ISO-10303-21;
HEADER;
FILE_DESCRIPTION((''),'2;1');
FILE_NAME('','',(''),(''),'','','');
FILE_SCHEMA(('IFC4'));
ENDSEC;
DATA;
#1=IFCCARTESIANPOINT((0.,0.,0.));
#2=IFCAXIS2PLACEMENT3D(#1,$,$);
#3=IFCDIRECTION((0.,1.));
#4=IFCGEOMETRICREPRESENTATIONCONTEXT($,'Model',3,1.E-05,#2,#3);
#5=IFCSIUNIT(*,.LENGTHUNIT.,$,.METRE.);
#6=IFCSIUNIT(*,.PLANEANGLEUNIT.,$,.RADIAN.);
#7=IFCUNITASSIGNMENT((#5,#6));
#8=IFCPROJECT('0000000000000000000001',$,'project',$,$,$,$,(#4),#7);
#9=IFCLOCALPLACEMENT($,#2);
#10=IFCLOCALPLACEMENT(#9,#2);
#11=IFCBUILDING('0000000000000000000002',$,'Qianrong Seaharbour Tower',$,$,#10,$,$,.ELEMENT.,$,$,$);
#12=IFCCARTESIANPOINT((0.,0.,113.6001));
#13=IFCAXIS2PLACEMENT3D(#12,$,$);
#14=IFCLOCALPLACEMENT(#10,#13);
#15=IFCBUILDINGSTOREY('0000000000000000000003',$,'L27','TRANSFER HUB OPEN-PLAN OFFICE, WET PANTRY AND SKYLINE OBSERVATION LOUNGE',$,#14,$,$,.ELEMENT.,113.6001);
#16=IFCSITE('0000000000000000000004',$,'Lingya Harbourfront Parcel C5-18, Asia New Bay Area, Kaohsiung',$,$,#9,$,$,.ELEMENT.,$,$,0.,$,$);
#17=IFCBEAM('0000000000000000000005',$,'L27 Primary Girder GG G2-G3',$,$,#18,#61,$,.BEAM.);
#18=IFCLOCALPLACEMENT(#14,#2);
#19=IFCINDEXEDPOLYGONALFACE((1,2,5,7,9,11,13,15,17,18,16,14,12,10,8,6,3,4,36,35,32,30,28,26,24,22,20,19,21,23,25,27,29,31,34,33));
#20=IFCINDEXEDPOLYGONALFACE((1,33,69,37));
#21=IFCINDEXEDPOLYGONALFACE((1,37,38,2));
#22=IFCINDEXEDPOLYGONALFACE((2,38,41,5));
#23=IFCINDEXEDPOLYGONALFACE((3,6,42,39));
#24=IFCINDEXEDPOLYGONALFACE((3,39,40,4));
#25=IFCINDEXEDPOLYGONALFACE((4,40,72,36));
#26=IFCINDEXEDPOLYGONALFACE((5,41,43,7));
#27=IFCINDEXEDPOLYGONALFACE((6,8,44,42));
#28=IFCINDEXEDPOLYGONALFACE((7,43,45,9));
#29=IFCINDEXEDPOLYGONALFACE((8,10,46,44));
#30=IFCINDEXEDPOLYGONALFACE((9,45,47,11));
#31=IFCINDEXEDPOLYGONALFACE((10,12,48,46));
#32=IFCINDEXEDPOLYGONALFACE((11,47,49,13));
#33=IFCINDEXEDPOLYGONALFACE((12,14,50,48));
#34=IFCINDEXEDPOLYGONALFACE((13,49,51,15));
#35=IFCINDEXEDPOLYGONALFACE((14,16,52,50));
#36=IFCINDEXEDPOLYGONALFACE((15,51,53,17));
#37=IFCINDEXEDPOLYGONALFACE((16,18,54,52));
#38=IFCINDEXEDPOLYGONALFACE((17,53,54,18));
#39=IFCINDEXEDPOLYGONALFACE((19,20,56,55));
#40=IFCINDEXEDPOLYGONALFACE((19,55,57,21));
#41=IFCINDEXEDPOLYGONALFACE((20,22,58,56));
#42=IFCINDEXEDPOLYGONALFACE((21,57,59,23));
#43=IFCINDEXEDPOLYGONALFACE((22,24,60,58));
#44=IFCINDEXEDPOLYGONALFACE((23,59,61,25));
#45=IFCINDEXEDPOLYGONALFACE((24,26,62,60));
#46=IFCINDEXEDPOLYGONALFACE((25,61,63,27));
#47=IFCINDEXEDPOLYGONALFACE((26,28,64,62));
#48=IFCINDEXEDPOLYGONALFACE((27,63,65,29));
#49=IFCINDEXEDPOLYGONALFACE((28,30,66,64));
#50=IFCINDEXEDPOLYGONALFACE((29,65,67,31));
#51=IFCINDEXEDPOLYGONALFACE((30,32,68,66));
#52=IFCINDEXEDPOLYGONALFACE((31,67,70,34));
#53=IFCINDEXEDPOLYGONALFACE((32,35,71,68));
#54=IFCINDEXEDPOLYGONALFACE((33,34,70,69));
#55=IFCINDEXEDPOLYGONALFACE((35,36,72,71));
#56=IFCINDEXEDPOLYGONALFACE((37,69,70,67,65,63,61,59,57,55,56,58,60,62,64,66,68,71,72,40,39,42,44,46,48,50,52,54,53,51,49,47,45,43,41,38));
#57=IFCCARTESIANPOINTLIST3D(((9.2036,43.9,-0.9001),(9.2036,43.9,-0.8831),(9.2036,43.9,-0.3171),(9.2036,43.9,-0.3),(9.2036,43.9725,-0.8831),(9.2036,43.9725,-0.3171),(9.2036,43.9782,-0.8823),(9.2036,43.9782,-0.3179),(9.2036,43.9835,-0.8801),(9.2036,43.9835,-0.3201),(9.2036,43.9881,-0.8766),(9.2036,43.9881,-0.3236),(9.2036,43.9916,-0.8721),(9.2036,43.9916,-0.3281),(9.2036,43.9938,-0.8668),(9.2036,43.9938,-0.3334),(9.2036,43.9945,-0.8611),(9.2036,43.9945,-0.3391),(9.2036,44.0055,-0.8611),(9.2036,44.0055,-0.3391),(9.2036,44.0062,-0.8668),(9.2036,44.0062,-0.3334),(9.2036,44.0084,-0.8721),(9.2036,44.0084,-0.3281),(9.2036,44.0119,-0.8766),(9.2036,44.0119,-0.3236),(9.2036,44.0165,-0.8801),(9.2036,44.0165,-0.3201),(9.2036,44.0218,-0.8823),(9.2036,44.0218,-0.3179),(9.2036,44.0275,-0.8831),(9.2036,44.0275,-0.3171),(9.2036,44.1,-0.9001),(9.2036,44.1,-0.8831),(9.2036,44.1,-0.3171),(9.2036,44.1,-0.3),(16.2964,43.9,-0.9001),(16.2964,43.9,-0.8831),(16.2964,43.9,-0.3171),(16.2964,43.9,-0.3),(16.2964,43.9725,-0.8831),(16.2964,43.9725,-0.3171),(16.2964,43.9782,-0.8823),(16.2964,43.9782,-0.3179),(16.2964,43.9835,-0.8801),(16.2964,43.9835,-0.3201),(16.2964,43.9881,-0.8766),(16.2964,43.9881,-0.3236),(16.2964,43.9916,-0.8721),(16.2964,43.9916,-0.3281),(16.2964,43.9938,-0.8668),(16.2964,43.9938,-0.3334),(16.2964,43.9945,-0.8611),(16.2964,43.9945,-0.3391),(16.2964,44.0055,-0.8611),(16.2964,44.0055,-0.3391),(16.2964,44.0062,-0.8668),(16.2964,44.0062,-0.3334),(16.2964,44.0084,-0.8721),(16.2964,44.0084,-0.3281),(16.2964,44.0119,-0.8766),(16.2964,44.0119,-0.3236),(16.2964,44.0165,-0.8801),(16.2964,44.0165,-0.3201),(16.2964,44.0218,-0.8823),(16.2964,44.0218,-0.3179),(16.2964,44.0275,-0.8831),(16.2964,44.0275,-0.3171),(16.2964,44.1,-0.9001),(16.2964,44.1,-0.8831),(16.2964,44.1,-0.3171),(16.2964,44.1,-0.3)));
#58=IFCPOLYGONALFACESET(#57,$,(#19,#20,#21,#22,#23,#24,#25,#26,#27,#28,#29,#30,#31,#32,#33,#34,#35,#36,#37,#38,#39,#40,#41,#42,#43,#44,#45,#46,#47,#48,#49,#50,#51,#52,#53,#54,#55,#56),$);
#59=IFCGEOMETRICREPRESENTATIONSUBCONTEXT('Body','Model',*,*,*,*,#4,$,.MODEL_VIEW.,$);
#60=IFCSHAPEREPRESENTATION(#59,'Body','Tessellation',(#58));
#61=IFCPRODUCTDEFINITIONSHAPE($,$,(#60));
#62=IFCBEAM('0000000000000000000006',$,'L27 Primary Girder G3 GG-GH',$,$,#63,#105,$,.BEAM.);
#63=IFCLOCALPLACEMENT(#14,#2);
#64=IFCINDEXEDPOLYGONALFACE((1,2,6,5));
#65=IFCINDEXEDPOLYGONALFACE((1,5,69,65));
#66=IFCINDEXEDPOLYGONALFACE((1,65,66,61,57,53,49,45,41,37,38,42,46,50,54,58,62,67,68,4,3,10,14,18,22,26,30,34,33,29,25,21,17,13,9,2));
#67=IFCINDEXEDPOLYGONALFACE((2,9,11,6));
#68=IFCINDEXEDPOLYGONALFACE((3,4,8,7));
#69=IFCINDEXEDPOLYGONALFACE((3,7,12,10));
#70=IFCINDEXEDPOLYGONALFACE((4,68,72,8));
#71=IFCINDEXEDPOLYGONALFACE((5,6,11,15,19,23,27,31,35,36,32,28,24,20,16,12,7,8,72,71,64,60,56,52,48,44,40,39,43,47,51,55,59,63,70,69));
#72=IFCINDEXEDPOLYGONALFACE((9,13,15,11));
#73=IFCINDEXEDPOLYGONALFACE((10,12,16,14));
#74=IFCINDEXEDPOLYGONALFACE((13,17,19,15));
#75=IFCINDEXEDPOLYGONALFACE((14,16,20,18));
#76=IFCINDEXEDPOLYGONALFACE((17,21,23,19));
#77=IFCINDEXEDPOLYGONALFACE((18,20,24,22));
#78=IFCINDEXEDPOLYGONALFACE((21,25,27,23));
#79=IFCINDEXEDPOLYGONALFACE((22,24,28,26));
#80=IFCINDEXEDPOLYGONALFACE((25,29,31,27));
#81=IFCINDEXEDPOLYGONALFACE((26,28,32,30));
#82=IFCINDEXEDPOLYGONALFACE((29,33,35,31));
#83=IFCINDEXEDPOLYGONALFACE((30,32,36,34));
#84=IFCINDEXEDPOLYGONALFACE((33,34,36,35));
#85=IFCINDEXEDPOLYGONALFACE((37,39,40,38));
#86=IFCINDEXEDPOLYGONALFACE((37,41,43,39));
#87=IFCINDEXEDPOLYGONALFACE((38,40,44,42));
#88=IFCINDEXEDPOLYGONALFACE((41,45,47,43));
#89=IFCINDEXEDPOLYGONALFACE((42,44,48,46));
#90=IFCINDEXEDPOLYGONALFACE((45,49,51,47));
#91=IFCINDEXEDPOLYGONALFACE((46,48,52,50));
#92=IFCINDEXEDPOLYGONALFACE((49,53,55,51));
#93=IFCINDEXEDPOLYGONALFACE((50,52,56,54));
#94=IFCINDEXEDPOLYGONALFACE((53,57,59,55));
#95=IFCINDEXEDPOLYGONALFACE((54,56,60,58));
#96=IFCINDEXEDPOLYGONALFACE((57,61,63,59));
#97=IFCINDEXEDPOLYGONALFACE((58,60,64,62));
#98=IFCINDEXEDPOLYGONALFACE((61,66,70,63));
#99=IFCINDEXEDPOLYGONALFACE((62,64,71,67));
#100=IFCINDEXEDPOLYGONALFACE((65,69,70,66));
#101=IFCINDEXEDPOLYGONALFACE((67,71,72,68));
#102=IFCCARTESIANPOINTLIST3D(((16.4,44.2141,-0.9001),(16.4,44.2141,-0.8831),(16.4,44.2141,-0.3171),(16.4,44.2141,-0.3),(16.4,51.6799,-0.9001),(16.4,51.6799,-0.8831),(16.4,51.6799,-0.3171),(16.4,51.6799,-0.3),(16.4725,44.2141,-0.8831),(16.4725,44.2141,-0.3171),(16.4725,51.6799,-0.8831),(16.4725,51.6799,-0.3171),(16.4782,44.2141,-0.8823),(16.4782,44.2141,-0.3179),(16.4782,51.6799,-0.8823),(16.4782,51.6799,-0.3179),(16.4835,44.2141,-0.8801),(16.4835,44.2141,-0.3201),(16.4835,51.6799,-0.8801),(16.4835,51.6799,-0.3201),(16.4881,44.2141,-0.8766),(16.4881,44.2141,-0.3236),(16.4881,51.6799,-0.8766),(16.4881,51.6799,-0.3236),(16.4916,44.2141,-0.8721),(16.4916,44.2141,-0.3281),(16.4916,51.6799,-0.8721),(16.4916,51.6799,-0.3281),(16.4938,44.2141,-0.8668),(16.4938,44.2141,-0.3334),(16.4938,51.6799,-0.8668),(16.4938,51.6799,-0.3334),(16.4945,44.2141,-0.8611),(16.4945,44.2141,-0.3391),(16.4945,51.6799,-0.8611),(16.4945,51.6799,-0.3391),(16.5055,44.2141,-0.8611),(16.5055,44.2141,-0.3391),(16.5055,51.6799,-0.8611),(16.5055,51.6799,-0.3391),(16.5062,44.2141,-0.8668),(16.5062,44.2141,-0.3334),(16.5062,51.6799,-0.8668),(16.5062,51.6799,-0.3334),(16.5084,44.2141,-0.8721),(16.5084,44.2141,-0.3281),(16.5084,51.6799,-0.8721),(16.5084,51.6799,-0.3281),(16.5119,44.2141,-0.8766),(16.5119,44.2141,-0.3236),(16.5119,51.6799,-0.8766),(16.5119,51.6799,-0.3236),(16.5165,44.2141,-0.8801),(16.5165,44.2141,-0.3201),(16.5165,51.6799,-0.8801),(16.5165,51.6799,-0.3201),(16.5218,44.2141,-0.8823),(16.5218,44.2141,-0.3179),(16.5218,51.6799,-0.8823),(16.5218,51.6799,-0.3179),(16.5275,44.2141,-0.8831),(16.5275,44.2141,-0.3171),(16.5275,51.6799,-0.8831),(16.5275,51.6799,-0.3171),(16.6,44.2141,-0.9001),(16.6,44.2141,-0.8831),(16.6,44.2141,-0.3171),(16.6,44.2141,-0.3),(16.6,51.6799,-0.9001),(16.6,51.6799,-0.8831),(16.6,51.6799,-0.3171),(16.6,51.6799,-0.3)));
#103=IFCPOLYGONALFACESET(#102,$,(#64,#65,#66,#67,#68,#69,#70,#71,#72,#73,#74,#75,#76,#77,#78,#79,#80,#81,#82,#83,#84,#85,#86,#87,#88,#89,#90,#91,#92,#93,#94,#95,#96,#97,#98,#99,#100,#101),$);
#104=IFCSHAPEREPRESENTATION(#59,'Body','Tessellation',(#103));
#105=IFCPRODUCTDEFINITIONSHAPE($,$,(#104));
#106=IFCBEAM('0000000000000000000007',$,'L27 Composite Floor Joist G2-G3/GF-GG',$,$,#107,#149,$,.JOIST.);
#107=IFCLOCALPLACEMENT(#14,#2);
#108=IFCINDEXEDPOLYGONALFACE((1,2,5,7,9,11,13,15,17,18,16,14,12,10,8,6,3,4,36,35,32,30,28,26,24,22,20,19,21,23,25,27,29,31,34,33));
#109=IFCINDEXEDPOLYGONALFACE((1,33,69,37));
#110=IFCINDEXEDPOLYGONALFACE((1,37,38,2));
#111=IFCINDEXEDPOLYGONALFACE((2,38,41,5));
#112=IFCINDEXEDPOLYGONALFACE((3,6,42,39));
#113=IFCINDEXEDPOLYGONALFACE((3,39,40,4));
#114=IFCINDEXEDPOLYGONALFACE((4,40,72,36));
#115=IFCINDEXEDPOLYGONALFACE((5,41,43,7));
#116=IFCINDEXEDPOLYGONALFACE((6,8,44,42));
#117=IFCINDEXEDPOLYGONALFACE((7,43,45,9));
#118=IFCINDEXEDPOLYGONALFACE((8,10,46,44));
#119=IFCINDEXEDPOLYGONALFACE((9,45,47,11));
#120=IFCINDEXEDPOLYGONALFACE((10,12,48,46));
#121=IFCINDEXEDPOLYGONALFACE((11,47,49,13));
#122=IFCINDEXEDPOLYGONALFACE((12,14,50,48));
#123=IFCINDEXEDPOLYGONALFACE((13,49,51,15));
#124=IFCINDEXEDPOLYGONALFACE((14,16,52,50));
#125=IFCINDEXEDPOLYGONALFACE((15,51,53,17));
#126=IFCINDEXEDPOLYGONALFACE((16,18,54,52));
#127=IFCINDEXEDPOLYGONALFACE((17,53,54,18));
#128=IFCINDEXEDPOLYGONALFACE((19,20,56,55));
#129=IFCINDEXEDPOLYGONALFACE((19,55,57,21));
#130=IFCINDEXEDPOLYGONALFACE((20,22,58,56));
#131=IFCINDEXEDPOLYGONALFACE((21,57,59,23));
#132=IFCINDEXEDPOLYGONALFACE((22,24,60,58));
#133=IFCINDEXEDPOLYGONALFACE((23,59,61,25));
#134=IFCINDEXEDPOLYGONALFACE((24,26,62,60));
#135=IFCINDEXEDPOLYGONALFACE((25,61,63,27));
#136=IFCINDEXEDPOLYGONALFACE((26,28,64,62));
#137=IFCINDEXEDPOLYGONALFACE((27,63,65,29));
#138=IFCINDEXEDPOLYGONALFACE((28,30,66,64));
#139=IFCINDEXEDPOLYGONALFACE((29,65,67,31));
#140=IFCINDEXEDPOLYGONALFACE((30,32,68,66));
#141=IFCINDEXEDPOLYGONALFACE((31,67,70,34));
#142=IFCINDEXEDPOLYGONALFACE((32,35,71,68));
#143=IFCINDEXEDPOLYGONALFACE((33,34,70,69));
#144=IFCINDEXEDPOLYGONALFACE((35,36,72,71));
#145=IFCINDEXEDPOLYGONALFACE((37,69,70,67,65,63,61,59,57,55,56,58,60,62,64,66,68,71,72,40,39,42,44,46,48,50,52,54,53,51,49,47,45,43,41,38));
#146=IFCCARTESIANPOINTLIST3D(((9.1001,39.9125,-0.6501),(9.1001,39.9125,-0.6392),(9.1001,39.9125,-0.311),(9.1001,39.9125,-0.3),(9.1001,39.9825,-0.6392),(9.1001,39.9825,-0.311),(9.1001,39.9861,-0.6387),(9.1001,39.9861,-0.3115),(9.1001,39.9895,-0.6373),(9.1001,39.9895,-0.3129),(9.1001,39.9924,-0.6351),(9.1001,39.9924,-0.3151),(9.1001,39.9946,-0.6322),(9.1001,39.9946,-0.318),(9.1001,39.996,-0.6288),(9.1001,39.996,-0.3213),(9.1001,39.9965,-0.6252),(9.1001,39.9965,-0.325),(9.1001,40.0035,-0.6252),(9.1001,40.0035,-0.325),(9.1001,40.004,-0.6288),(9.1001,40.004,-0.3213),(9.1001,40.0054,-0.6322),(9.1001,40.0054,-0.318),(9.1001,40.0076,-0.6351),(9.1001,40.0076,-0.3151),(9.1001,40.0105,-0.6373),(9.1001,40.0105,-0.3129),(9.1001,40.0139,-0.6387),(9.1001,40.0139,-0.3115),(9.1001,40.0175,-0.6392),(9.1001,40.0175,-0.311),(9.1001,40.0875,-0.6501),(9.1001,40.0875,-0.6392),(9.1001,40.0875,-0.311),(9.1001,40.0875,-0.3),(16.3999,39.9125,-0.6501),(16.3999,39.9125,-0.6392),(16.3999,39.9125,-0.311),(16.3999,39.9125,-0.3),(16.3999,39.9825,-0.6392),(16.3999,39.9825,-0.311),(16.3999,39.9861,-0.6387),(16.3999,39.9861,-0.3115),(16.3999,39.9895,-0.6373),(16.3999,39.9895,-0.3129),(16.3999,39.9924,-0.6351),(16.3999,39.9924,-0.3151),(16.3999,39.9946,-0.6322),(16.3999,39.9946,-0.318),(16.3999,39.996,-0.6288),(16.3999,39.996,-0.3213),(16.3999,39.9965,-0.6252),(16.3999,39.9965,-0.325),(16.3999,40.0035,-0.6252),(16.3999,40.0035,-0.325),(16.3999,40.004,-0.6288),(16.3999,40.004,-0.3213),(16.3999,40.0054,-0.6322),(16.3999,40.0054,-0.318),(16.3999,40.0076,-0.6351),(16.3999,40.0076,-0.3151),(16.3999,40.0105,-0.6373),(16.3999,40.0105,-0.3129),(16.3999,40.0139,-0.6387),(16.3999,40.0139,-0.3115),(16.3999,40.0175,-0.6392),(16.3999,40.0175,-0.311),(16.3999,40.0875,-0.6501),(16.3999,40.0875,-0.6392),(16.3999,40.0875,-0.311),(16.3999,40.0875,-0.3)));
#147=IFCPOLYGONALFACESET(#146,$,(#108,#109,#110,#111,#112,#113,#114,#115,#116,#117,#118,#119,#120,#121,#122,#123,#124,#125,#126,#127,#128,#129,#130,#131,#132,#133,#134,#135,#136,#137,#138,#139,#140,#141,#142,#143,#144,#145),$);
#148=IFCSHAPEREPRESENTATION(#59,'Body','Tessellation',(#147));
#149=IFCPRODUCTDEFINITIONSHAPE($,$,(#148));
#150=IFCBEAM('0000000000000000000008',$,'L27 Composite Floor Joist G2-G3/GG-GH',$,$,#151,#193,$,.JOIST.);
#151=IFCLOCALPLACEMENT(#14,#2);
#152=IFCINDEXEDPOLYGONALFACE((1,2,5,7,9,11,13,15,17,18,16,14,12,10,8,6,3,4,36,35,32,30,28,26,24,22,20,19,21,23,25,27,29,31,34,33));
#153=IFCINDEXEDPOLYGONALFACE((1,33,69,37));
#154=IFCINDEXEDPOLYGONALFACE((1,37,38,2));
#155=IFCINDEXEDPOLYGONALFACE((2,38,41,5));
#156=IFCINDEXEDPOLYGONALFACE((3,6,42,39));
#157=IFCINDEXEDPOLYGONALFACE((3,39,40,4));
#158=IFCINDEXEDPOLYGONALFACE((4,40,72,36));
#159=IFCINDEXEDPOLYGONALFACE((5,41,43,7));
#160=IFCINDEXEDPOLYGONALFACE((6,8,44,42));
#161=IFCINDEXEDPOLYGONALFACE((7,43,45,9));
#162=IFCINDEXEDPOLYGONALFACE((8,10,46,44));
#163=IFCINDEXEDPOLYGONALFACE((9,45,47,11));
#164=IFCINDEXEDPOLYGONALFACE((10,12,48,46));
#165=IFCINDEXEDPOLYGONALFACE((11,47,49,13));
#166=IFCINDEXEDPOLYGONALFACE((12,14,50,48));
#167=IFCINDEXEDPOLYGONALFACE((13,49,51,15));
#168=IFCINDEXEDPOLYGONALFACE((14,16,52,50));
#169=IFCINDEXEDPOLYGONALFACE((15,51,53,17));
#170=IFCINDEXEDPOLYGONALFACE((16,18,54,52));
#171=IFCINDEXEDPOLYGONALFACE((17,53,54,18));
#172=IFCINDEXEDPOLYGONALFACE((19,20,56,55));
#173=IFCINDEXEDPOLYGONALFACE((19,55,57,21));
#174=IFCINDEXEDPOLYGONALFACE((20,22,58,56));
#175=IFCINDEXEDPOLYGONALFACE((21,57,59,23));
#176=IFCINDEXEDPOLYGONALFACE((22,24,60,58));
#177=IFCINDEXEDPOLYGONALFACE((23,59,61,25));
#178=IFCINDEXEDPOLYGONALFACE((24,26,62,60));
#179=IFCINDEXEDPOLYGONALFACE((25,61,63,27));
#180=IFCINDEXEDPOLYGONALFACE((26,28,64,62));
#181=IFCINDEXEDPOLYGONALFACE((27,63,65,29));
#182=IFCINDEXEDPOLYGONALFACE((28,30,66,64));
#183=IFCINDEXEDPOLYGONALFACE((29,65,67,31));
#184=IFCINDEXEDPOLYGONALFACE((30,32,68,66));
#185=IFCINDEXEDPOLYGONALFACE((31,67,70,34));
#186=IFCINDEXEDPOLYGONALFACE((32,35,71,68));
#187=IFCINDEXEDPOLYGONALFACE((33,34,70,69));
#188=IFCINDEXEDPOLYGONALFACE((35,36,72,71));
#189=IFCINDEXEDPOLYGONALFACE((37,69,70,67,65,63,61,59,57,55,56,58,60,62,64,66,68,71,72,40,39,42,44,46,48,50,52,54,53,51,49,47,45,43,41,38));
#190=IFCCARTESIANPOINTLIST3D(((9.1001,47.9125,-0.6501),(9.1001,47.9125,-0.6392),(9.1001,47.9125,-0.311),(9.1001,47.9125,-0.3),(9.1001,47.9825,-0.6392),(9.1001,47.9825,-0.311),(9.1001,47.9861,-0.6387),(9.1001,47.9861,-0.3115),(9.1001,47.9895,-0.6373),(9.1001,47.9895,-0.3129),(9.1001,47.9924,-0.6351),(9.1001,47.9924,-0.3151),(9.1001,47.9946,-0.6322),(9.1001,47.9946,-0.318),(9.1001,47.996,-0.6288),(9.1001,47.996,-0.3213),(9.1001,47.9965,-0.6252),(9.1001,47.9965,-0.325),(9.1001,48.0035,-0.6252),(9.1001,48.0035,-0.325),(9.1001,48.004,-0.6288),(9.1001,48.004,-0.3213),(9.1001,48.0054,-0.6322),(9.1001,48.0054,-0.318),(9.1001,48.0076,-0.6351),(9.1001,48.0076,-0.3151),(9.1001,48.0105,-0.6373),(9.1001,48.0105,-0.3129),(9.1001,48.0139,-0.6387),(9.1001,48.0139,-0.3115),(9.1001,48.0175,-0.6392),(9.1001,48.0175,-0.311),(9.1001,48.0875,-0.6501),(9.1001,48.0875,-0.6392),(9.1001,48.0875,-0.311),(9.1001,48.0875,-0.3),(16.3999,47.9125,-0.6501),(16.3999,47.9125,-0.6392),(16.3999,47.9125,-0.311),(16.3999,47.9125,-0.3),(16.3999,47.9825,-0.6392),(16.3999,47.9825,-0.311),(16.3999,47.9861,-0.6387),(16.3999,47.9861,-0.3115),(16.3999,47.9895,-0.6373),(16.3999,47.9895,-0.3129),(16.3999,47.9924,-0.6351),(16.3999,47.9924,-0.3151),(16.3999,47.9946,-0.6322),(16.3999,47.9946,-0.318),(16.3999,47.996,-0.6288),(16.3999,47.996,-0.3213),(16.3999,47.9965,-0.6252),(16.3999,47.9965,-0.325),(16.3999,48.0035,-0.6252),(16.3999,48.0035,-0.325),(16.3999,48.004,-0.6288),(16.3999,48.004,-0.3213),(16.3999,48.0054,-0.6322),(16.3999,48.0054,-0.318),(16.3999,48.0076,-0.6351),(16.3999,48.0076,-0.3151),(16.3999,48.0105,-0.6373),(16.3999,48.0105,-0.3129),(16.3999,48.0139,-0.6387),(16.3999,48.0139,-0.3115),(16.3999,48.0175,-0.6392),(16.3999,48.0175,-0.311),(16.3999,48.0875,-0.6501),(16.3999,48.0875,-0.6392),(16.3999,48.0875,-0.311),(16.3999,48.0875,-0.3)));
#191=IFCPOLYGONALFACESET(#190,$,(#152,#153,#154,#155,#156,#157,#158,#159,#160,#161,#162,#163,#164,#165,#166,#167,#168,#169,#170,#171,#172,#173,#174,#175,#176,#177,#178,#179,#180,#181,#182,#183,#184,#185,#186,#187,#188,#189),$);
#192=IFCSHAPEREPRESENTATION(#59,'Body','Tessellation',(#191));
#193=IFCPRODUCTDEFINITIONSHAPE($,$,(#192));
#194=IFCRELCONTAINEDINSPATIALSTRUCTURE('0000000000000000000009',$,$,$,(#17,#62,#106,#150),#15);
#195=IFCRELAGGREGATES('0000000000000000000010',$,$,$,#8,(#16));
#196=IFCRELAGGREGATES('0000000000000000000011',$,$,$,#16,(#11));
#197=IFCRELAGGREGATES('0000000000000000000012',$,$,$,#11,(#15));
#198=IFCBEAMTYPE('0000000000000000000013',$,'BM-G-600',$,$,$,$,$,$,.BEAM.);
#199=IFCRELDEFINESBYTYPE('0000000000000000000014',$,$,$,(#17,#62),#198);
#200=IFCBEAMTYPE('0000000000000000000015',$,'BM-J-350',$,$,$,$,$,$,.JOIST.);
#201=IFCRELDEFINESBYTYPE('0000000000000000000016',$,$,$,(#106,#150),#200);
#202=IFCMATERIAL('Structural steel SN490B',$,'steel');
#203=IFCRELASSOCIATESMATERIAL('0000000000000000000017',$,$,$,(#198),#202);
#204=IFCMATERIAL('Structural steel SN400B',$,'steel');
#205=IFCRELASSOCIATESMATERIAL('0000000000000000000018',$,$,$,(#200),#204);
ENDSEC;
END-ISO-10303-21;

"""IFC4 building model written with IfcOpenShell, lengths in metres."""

from ifc_helpers import new_model, si_unit, direction, frame, origin, origin_2d, place, context, subcontext, project, spatial, i_section, extrude, material, material_profile, profile_set, type_object, element, save


model = new_model("IFC4")

# Units and contexts
model_context = context("Model", 3, precision=1e-05, world=origin(), true_north=direction((0.0, 1.0)))
body_context = subcontext(model_context, "Body", "Model", "MODEL_VIEW")
ifc_project = project(units=[si_unit("LENGTHUNIT", "METRE"), si_unit("PLANEANGLEUNIT", "RADIAN")], contexts=[model_context])

# Site, building, storey
site_placement = place(None, origin())
site = spatial("IfcSite", under=ifc_project, at=site_placement, Name="Lingya Harbourfront Parcel C5-18, Asia New Bay Area, Kaohsiung", CompositionType="ELEMENT", RefElevation=0.0)
building_placement = place(site_placement, origin())
building = spatial("IfcBuilding", under=site, at=building_placement, Name="Qianrong Seaharbour Tower", CompositionType="ELEMENT")
storey_placement = place(building_placement, frame((0.0, 0.0, 113.6001)))
storey = spatial("IfcBuildingStorey", under=building, at=storey_placement, Name="L27", Description="TRANSFER HUB OPEN-PLAN OFFICE, WET PANTRY AND SKYLINE OBSERVATION LOUNGE", CompositionType="ELEMENT", Elevation=113.6001)

# Shared definitions
ifc_material_1 = material(Name="Structural steel SN490B", Category="steel")

# Beams
ifc_material_profile_1 = material_profile(ifc_material_1, i_section(OverallWidth=0.2, OverallDepth=0.6001, WebThickness=0.011, FlangeThickness=0.0171, FilletRadius=0.022, at=origin_2d()), Name="H600x200x11x17")
ifc_profile_set_1 = profile_set([ifc_material_profile_1], Name="Structural steel SN490B")
beam_type_1 = type_object("IfcBeamType", Name="BM-G-600", PredefinedType="BEAM", material=ifc_profile_set_1)
beam_1_placement = place(storey_placement, frame((9.2036, 44.0, -0.6001), z_axis=(1.0, 0.0, 0.0), x_axis=(0.0, 1.0, 0.0)))
element("IfcBeam", 1, at=beam_1_placement, inside=storey, type_object=beam_type_1, Name="L27 Primary Girder GG G2-G3", PredefinedType="BEAM", context=body_context, shape_type="SweptSolid", body=[
    extrude(i_section(OverallWidth=0.2, OverallDepth=0.6001, WebThickness=0.011, FlangeThickness=0.0171, FilletRadius=0.022, at=origin_2d()), origin(), (0.0, 0.0, 1.0), 7.0928),
])
beam_2_placement = place(storey_placement, frame((16.5, 44.2141, -0.6001), z_axis=(0.0, 1.0, 0.0), x_axis=(-1.0, 0.0, 0.0)))
element("IfcBeam", 2, at=beam_2_placement, inside=storey, type_object=beam_type_1, Name="L27 Primary Girder G3 GG-GH", PredefinedType="BEAM", context=body_context, shape_type="SweptSolid", body=[
    extrude(i_section(OverallWidth=0.2, OverallDepth=0.6001, WebThickness=0.011, FlangeThickness=0.0171, FilletRadius=0.022, at=origin_2d()), origin(), (0.0, 0.0, 1.0), 7.4658),
])
ifc_material_2 = material(Name="Structural steel SN400B", Category="steel")
ifc_material_profile_2 = material_profile(ifc_material_2, i_section(OverallWidth=0.175, OverallDepth=0.3501, WebThickness=0.0071, FlangeThickness=0.011, FilletRadius=0.0139, at=origin_2d()), Name="H350x175x7x11")
ifc_profile_set_2 = profile_set([ifc_material_profile_2], Name="Structural steel SN400B")
beam_type_2 = type_object("IfcBeamType", Name="BM-J-350", PredefinedType="JOIST", material=ifc_profile_set_2)
for number, where, z_axis, x_axis, name in (
    (3, (9.1001, 40.0, -0.4751), (1.0, 0.0, 0.0), (0.0, 1.0, 0.0), "L27 Composite Floor Joist G2-G3/GF-GG"),
    (4, (9.1001, 48.0, -0.4751), (1.0, 0.0, 0.0), (0.0, 1.0, 0.0), "L27 Composite Floor Joist G2-G3/GG-GH"),
):
    element("IfcBeam", number, at=place(storey_placement, frame(where, z_axis=z_axis, x_axis=x_axis)), inside=storey, type_object=beam_type_2, Name=name, PredefinedType="JOIST", context=body_context, shape_type="SweptSolid", body=[
        extrude(i_section(OverallWidth=0.175, OverallDepth=0.3501, WebThickness=0.0071, FlangeThickness=0.011, FilletRadius=0.0139, at=origin_2d()), origin(), (0.0, 0.0, 1.0), 7.2998),
    ])

save(model, "model.ifc")
